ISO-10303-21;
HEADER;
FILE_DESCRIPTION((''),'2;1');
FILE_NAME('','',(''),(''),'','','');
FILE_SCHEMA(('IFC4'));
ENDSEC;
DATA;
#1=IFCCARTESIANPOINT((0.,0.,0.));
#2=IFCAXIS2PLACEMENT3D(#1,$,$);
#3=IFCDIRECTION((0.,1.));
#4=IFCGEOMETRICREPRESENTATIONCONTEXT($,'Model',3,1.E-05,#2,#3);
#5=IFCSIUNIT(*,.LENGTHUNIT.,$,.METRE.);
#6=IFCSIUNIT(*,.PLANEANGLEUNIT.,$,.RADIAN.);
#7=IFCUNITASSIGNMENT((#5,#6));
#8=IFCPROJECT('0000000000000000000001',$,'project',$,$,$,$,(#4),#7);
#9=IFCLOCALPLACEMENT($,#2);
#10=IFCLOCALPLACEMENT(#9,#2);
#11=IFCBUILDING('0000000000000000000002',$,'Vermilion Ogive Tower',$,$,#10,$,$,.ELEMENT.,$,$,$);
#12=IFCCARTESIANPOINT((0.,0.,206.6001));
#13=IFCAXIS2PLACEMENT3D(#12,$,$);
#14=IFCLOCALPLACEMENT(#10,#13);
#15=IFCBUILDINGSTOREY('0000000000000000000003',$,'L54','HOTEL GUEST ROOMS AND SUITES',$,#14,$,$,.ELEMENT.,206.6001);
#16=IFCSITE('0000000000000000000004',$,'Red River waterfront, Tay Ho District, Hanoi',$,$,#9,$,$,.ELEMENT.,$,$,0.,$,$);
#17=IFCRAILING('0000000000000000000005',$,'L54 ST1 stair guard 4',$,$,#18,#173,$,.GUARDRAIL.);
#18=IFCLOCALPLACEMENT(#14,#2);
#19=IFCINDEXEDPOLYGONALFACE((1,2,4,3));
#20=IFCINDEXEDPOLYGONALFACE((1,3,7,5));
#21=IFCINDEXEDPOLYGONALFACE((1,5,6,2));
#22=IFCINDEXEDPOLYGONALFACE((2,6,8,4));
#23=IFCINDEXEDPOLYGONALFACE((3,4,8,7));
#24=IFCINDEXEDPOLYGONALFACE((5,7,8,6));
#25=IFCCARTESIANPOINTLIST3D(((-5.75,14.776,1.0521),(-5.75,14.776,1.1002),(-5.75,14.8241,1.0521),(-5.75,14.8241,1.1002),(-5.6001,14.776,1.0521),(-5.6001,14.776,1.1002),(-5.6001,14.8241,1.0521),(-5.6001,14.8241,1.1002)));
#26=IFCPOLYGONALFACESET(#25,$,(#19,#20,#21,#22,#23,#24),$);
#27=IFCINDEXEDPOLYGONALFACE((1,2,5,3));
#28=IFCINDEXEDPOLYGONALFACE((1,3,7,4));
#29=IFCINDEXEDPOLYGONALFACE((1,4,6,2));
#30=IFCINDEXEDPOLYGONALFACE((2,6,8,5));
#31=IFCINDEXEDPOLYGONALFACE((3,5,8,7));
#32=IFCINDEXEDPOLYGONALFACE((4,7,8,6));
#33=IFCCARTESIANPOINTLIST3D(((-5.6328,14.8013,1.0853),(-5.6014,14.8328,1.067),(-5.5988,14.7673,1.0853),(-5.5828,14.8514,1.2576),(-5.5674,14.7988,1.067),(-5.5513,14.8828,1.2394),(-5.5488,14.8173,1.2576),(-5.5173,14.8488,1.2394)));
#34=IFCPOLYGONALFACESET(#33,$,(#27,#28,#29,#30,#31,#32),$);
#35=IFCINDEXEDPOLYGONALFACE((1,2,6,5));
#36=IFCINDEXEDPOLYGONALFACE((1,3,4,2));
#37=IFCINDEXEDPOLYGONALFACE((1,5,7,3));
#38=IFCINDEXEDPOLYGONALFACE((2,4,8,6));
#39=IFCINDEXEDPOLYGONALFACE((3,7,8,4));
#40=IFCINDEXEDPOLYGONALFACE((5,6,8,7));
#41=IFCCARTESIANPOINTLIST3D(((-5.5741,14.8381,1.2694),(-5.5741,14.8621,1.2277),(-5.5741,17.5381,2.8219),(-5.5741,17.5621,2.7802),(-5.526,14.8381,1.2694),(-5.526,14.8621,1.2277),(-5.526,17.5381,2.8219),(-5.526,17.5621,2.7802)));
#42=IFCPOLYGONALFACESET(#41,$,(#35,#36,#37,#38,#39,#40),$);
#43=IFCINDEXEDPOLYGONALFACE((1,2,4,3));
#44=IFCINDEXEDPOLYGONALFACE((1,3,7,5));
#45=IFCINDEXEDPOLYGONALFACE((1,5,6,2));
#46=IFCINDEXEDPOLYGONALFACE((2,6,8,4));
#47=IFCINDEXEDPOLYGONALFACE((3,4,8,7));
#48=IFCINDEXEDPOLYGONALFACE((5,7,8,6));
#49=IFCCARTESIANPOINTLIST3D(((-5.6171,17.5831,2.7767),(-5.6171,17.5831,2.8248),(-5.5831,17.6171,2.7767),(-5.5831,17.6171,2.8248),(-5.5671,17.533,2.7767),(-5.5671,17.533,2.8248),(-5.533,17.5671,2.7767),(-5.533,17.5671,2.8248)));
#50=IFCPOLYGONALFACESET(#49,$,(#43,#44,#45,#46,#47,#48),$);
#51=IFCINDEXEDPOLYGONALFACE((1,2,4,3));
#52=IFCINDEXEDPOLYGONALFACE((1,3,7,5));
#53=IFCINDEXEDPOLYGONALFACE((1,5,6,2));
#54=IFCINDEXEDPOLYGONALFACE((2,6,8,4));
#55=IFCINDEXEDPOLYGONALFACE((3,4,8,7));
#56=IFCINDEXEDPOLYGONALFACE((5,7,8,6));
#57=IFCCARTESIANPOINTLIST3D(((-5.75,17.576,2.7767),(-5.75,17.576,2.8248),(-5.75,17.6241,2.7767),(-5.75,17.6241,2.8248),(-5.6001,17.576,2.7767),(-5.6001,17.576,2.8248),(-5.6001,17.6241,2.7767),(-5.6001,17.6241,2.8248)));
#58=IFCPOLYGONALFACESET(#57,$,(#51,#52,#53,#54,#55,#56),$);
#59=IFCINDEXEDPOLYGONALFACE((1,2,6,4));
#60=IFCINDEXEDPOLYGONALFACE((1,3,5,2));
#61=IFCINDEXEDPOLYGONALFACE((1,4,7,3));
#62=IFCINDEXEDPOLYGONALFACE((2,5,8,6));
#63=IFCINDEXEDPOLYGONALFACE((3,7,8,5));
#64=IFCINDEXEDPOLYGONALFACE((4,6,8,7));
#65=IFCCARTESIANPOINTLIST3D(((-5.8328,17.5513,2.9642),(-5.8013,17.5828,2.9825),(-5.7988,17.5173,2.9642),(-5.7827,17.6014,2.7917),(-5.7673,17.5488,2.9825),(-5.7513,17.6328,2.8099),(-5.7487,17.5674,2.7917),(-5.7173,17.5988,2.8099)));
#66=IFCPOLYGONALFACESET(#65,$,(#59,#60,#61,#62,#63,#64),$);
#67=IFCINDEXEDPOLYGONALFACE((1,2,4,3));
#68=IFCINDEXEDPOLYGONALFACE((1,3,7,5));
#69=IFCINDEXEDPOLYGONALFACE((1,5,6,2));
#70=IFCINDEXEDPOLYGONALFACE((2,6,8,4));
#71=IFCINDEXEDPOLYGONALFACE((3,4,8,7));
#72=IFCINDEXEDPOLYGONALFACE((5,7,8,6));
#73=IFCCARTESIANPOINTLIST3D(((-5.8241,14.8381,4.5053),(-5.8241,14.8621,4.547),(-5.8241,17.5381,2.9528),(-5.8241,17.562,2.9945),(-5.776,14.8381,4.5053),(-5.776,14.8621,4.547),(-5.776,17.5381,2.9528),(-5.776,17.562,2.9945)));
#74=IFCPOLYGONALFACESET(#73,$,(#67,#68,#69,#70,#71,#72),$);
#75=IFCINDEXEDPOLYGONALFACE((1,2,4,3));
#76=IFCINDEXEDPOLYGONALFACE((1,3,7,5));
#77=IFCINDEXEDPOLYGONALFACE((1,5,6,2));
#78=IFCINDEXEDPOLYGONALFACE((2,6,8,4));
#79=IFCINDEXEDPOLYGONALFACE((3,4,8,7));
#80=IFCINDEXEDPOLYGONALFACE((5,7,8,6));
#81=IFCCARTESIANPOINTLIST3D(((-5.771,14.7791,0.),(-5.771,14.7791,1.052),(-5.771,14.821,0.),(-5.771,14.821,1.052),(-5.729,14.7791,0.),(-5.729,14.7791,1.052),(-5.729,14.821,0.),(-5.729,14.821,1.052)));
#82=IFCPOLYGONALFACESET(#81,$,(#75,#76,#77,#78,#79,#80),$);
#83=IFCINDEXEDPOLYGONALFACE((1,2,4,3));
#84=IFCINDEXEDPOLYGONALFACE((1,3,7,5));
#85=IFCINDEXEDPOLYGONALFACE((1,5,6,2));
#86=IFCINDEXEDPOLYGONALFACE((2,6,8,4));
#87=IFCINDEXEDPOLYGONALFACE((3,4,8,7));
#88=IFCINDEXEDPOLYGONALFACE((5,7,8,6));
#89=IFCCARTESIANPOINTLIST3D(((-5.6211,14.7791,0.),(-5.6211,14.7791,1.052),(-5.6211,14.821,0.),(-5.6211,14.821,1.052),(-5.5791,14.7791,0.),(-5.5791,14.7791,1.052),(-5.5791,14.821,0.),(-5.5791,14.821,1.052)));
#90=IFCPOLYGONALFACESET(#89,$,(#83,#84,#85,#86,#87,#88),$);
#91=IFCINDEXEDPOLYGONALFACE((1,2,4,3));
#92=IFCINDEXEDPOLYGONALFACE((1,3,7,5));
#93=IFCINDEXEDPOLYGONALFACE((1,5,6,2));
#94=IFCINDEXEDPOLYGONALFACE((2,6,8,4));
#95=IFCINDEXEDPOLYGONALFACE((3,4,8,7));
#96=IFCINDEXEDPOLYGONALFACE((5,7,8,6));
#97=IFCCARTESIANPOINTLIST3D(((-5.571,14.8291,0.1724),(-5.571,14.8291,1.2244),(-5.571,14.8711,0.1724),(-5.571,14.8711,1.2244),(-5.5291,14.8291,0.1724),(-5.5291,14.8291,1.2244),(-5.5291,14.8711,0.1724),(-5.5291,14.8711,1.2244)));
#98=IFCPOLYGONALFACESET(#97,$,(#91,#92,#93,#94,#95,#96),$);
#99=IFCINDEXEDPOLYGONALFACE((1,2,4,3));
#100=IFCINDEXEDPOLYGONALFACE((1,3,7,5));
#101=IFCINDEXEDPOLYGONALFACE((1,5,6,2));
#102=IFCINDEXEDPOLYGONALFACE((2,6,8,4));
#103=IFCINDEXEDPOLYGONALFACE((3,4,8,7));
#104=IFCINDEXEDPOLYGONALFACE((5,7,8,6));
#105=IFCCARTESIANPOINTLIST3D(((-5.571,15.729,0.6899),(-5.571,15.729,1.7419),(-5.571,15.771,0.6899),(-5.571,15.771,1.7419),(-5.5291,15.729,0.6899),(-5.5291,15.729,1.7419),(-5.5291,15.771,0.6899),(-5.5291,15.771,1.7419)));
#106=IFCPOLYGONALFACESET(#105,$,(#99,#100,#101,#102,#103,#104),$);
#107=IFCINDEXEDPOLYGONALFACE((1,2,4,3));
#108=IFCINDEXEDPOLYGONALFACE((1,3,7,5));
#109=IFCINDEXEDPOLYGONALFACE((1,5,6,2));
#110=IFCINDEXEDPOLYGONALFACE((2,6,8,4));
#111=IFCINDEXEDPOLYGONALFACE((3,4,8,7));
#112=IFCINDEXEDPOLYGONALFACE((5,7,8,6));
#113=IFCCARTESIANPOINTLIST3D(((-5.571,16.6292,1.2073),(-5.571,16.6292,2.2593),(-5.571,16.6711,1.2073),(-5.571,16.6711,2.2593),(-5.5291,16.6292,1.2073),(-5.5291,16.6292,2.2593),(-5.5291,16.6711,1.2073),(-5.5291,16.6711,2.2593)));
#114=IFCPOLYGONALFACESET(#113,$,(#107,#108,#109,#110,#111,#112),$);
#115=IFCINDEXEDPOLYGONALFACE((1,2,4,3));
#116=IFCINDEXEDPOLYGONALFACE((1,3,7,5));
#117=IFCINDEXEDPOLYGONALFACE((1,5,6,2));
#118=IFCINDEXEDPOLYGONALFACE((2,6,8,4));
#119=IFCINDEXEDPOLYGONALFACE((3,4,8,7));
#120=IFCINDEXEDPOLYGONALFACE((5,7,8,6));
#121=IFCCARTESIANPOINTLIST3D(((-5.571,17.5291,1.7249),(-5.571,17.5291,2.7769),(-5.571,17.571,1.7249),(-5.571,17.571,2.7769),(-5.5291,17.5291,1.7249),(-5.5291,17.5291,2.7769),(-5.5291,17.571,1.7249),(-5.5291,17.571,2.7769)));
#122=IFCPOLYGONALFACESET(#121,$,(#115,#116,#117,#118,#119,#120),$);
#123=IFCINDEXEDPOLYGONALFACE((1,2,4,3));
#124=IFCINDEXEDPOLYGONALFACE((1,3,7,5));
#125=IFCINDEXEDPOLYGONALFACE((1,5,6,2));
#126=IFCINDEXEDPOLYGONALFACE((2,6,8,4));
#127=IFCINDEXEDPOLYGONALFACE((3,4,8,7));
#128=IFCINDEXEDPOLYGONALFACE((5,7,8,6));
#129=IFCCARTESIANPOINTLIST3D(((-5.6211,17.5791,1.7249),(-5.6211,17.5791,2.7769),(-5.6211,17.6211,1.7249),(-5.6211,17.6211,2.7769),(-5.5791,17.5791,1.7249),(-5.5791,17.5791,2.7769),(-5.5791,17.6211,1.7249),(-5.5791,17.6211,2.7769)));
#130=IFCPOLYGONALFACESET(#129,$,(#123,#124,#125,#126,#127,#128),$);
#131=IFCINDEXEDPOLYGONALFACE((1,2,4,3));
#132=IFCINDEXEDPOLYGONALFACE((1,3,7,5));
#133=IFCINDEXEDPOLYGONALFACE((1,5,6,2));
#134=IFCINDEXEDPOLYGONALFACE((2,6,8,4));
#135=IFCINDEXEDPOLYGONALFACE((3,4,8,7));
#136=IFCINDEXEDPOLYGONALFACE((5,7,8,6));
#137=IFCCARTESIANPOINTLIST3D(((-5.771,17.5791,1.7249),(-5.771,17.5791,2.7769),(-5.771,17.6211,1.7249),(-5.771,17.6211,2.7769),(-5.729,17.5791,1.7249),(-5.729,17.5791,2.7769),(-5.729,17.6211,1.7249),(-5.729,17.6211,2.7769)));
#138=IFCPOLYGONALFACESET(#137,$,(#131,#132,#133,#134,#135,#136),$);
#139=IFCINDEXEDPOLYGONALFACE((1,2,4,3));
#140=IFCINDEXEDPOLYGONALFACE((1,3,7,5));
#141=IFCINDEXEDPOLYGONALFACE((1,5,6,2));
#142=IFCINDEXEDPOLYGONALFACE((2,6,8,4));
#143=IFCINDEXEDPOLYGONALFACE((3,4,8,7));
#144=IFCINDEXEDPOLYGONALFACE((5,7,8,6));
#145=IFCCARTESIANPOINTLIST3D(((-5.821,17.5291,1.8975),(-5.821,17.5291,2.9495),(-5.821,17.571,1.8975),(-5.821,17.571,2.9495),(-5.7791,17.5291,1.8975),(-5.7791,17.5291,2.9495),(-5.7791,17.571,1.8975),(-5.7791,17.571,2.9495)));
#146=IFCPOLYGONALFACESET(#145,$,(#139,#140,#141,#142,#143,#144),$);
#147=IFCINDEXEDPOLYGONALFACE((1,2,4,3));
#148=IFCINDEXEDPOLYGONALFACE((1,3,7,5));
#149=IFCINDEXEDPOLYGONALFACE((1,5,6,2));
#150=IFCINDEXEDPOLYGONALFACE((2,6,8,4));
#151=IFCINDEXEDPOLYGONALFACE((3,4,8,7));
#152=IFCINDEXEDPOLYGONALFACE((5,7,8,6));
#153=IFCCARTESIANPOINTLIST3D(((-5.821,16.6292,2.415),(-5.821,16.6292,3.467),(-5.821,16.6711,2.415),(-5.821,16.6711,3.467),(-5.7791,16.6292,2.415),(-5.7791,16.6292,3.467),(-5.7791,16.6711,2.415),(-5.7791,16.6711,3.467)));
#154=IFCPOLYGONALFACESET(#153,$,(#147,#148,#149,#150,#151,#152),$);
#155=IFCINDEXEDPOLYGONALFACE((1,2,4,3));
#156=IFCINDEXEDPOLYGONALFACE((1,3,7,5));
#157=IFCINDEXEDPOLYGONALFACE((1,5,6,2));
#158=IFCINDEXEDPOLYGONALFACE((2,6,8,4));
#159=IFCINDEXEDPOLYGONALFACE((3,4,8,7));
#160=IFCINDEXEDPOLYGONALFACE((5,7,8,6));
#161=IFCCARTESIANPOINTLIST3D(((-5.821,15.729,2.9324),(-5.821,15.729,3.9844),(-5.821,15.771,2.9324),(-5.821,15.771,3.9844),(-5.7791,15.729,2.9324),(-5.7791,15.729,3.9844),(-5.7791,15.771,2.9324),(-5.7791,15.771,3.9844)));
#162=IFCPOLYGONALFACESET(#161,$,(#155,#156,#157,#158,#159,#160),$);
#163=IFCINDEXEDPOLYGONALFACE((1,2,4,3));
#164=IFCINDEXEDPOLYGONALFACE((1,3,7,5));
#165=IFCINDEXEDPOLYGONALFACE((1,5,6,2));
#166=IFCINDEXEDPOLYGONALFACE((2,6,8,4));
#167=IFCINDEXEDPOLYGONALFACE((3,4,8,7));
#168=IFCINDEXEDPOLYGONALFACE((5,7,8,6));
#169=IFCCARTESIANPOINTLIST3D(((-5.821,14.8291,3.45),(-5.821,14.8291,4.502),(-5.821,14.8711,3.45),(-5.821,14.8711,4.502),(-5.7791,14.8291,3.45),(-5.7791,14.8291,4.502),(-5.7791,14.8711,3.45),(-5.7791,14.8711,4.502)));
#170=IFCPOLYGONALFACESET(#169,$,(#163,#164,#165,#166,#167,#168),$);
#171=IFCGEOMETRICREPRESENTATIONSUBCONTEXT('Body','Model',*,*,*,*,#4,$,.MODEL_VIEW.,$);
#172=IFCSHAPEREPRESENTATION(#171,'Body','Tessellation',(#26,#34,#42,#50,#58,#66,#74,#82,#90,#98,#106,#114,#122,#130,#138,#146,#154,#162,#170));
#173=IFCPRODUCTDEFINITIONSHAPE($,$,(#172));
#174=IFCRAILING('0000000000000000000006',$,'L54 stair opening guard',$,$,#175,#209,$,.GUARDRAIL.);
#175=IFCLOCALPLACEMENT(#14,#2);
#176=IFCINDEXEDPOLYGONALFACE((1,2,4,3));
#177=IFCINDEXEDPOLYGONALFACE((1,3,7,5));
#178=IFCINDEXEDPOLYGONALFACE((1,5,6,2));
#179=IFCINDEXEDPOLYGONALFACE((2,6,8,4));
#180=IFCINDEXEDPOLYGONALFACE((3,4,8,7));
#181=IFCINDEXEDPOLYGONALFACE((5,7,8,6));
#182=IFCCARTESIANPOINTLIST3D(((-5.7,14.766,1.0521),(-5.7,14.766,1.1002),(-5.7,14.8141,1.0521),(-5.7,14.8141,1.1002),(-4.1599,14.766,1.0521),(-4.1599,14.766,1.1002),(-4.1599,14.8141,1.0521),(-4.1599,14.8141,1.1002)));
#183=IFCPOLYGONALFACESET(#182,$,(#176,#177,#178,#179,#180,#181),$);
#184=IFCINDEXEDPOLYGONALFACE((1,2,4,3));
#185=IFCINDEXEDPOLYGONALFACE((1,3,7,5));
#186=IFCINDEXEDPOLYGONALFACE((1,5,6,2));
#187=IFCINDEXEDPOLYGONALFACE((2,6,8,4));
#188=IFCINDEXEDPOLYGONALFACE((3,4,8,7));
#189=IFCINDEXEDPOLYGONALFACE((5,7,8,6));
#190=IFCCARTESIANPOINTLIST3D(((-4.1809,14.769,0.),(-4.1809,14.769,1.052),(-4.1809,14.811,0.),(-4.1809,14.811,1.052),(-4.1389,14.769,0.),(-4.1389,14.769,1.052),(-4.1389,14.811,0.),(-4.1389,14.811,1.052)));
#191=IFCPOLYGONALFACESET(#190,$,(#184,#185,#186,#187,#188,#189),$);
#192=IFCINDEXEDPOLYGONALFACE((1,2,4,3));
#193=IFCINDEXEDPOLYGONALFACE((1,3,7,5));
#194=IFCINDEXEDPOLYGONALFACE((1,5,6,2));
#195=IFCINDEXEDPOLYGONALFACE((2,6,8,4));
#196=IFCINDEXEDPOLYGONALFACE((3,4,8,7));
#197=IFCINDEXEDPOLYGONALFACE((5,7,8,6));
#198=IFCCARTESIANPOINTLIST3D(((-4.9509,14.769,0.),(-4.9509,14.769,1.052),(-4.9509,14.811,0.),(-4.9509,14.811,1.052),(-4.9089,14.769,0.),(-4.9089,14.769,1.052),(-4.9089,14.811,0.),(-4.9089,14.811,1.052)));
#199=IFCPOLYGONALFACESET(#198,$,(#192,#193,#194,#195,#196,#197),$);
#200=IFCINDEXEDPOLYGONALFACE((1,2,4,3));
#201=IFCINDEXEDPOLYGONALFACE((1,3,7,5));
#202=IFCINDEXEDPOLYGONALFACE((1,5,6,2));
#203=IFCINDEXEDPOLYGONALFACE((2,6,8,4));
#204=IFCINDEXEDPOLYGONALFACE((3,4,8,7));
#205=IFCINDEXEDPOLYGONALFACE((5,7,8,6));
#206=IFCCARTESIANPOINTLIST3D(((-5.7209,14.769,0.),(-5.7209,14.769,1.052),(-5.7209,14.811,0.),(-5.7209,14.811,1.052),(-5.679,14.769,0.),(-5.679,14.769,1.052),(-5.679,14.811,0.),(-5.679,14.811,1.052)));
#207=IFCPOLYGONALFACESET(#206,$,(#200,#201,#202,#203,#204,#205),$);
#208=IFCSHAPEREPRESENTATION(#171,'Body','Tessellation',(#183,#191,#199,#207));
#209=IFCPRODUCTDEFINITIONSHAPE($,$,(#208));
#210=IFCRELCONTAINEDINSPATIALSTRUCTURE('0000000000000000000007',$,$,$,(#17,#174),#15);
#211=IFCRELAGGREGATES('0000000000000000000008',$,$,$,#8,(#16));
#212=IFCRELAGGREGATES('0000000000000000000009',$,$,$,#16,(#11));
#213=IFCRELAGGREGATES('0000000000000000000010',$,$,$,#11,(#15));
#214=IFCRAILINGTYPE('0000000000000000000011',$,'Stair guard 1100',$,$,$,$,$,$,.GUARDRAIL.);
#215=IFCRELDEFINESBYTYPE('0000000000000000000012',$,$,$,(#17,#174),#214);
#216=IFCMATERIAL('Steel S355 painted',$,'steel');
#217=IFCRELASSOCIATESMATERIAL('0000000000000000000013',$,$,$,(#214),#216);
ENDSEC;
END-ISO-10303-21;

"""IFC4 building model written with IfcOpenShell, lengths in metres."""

from ifc_helpers import new_model, si_unit, direction, frame, origin, origin_2d, place, context, subcontext, project, spatial, rectangle, extrude, material, type_object, element, save


model = new_model("IFC4")

# Units and contexts
model_context = context("Model", 3, precision=1e-05, world=origin(), true_north=direction((0.0, 1.0)))
body_context = subcontext(model_context, "Body", "Model", "MODEL_VIEW")
ifc_project = project(units=[si_unit("LENGTHUNIT", "METRE"), si_unit("PLANEANGLEUNIT", "RADIAN")], contexts=[model_context])

# Site, building, storey
site_placement = place(None, origin())
site = spatial("IfcSite", under=ifc_project, at=site_placement, Name="Red River waterfront, Tay Ho District, Hanoi", CompositionType="ELEMENT", RefElevation=0.0)
building_placement = place(site_placement, origin())
building = spatial("IfcBuilding", under=site, at=building_placement, Name="Vermilion Ogive Tower", CompositionType="ELEMENT")
storey_placement = place(building_placement, frame((0.0, 0.0, 206.6001)))
storey = spatial("IfcBuildingStorey", under=building, at=storey_placement, Name="L54", Description="HOTEL GUEST ROOMS AND SUITES", CompositionType="ELEMENT", Elevation=206.6001)

# Railings
ifc_material_1 = material(Name="Steel S355 painted", Category="steel")
railing_type_1 = type_object("IfcRailingType", Name="Stair guard 1100", PredefinedType="GUARDRAIL", material=ifc_material_1)
railing_1_placement = place(storey_placement, frame((-5.75, 14.8, 0.0)))
element("IfcRailing", 1, at=railing_1_placement, inside=storey, type_object=railing_type_1, Name="L54 ST1 stair guard 4", PredefinedType="GUARDRAIL", context=body_context, shape_type="SweptSolid", body=[
    extrude(rectangle(XDim=0.0481, YDim=0.0481, at=origin_2d()), frame((0.0, 0.0, 1.0762), z_axis=(1.0, 0.0, 0.0), x_axis=(0.0, 1.0, 0.0)), (0.0, 0.0, 1.0), 0.1499),
    extrude(rectangle(XDim=0.0481, YDim=0.0481, at=origin_2d()), frame((0.1499, 0.0, 1.0762), z_axis=(0.268603, 0.268603, 0.925043), x_axis=(-0.707107, 0.707107, 0.0)), (0.0, 0.0, 1.0), 0.1863),
    extrude(rectangle(XDim=0.0481, YDim=0.0481, at=origin_2d()), frame((0.2, 0.05, 1.2485), z_axis=(0.0, 0.866904, 0.498476), x_axis=(-1.0, 0.0, 0.0)), (0.0, 0.0, 1.0), 3.1145),
    extrude(rectangle(XDim=0.0481, YDim=0.0481, at=origin_2d()), frame((0.2, 2.75, 2.8008), z_axis=(-0.707107, 0.707107, 0.0), x_axis=(-0.707107, -0.707107, 0.0)), (0.0, 0.0, 1.0), 0.0708),
    extrude(rectangle(XDim=0.0481, YDim=0.0481, at=origin_2d()), frame((0.1499, 2.8, 2.8008), z_axis=(-1.0, 0.0, 0.0), x_axis=(0.0, -1.0, 0.0)), (0.0, 0.0, 1.0), 0.1499),
    extrude(rectangle(XDim=0.0481, YDim=0.0481, at=origin_2d()), frame((0.0, 2.8, 2.8008), z_axis=(-0.268278, -0.268278, 0.925232), x_axis=(0.707107, -0.707107, 0.0)), (0.0, 0.0, 1.0), 0.1865),
    extrude(rectangle(XDim=0.0481, YDim=0.0481, at=origin_2d()), frame((-0.05, 2.75, 2.9736), z_axis=(0.0, -0.866904, 0.498476), x_axis=(1.0, 0.0, 0.0)), (0.0, 0.0, 1.0), 3.1145),
    extrude(rectangle(XDim=0.042, YDim=0.042, at=origin_2d()), origin(), (0.0, 0.0, 1.0), 1.052),
    extrude(rectangle(XDim=0.042, YDim=0.042, at=origin_2d()), frame((0.1499, 0.0, 0.0)), (0.0, 0.0, 1.0), 1.052),
    extrude(rectangle(XDim=0.042, YDim=0.042, at=origin_2d()), frame((0.2, 0.05, 0.1724)), (0.0, 0.0, 1.0), 1.052),
    extrude(rectangle(XDim=0.042, YDim=0.042, at=origin_2d()), frame((0.2, 0.95, 0.6899)), (0.0, 0.0, 1.0), 1.052),
    extrude(rectangle(XDim=0.042, YDim=0.042, at=origin_2d()), frame((0.2, 1.8501, 1.2073)), (0.0, 0.0, 1.0), 1.052),
    extrude(rectangle(XDim=0.042, YDim=0.042, at=origin_2d()), frame((0.2, 2.75, 1.7249)), (0.0, 0.0, 1.0), 1.052),
    extrude(rectangle(XDim=0.042, YDim=0.042, at=origin_2d()), frame((0.1499, 2.8, 1.7249)), (0.0, 0.0, 1.0), 1.052),
    extrude(rectangle(XDim=0.042, YDim=0.042, at=origin_2d()), frame((0.0, 2.8, 1.7249)), (0.0, 0.0, 1.0), 1.052),
    extrude(rectangle(XDim=0.042, YDim=0.042, at=origin_2d()), frame((-0.05, 2.75, 1.8975)), (0.0, 0.0, 1.0), 1.052),
    extrude(rectangle(XDim=0.042, YDim=0.042, at=origin_2d()), frame((-0.05, 1.8501, 2.415)), (0.0, 0.0, 1.0), 1.052),
    extrude(rectangle(XDim=0.042, YDim=0.042, at=origin_2d()), frame((-0.05, 0.95, 2.9324)), (0.0, 0.0, 1.0), 1.052),
    extrude(rectangle(XDim=0.042, YDim=0.042, at=origin_2d()), frame((-0.05, 0.05, 3.45)), (0.0, 0.0, 1.0), 1.052),
])
railing_2_placement = place(storey_placement, frame((-4.1599, 14.79, 0.0)))
element("IfcRailing", 2, at=railing_2_placement, inside=storey, type_object=railing_type_1, Name="L54 stair opening guard", PredefinedType="GUARDRAIL", context=body_context, shape_type="SweptSolid", body=[
    extrude(rectangle(XDim=0.0481, YDim=0.0481, at=origin_2d()), frame((0.0, 0.0, 1.0762), z_axis=(-1.0, 0.0, 0.0), x_axis=(0.0, -1.0, 0.0)), (0.0, 0.0, 1.0), 1.54),
    extrude(rectangle(XDim=0.042, YDim=0.042, at=origin_2d()), origin(), (0.0, 0.0, 1.0), 1.052),
    extrude(rectangle(XDim=0.042, YDim=0.042, at=origin_2d()), frame((-0.77, 0.0, 0.0)), (0.0, 0.0, 1.0), 1.052),
    extrude(rectangle(XDim=0.042, YDim=0.042, at=origin_2d()), frame((-1.54, 0.0, 0.0)), (0.0, 0.0, 1.0), 1.052),
])

save(model, "model.ifc")
